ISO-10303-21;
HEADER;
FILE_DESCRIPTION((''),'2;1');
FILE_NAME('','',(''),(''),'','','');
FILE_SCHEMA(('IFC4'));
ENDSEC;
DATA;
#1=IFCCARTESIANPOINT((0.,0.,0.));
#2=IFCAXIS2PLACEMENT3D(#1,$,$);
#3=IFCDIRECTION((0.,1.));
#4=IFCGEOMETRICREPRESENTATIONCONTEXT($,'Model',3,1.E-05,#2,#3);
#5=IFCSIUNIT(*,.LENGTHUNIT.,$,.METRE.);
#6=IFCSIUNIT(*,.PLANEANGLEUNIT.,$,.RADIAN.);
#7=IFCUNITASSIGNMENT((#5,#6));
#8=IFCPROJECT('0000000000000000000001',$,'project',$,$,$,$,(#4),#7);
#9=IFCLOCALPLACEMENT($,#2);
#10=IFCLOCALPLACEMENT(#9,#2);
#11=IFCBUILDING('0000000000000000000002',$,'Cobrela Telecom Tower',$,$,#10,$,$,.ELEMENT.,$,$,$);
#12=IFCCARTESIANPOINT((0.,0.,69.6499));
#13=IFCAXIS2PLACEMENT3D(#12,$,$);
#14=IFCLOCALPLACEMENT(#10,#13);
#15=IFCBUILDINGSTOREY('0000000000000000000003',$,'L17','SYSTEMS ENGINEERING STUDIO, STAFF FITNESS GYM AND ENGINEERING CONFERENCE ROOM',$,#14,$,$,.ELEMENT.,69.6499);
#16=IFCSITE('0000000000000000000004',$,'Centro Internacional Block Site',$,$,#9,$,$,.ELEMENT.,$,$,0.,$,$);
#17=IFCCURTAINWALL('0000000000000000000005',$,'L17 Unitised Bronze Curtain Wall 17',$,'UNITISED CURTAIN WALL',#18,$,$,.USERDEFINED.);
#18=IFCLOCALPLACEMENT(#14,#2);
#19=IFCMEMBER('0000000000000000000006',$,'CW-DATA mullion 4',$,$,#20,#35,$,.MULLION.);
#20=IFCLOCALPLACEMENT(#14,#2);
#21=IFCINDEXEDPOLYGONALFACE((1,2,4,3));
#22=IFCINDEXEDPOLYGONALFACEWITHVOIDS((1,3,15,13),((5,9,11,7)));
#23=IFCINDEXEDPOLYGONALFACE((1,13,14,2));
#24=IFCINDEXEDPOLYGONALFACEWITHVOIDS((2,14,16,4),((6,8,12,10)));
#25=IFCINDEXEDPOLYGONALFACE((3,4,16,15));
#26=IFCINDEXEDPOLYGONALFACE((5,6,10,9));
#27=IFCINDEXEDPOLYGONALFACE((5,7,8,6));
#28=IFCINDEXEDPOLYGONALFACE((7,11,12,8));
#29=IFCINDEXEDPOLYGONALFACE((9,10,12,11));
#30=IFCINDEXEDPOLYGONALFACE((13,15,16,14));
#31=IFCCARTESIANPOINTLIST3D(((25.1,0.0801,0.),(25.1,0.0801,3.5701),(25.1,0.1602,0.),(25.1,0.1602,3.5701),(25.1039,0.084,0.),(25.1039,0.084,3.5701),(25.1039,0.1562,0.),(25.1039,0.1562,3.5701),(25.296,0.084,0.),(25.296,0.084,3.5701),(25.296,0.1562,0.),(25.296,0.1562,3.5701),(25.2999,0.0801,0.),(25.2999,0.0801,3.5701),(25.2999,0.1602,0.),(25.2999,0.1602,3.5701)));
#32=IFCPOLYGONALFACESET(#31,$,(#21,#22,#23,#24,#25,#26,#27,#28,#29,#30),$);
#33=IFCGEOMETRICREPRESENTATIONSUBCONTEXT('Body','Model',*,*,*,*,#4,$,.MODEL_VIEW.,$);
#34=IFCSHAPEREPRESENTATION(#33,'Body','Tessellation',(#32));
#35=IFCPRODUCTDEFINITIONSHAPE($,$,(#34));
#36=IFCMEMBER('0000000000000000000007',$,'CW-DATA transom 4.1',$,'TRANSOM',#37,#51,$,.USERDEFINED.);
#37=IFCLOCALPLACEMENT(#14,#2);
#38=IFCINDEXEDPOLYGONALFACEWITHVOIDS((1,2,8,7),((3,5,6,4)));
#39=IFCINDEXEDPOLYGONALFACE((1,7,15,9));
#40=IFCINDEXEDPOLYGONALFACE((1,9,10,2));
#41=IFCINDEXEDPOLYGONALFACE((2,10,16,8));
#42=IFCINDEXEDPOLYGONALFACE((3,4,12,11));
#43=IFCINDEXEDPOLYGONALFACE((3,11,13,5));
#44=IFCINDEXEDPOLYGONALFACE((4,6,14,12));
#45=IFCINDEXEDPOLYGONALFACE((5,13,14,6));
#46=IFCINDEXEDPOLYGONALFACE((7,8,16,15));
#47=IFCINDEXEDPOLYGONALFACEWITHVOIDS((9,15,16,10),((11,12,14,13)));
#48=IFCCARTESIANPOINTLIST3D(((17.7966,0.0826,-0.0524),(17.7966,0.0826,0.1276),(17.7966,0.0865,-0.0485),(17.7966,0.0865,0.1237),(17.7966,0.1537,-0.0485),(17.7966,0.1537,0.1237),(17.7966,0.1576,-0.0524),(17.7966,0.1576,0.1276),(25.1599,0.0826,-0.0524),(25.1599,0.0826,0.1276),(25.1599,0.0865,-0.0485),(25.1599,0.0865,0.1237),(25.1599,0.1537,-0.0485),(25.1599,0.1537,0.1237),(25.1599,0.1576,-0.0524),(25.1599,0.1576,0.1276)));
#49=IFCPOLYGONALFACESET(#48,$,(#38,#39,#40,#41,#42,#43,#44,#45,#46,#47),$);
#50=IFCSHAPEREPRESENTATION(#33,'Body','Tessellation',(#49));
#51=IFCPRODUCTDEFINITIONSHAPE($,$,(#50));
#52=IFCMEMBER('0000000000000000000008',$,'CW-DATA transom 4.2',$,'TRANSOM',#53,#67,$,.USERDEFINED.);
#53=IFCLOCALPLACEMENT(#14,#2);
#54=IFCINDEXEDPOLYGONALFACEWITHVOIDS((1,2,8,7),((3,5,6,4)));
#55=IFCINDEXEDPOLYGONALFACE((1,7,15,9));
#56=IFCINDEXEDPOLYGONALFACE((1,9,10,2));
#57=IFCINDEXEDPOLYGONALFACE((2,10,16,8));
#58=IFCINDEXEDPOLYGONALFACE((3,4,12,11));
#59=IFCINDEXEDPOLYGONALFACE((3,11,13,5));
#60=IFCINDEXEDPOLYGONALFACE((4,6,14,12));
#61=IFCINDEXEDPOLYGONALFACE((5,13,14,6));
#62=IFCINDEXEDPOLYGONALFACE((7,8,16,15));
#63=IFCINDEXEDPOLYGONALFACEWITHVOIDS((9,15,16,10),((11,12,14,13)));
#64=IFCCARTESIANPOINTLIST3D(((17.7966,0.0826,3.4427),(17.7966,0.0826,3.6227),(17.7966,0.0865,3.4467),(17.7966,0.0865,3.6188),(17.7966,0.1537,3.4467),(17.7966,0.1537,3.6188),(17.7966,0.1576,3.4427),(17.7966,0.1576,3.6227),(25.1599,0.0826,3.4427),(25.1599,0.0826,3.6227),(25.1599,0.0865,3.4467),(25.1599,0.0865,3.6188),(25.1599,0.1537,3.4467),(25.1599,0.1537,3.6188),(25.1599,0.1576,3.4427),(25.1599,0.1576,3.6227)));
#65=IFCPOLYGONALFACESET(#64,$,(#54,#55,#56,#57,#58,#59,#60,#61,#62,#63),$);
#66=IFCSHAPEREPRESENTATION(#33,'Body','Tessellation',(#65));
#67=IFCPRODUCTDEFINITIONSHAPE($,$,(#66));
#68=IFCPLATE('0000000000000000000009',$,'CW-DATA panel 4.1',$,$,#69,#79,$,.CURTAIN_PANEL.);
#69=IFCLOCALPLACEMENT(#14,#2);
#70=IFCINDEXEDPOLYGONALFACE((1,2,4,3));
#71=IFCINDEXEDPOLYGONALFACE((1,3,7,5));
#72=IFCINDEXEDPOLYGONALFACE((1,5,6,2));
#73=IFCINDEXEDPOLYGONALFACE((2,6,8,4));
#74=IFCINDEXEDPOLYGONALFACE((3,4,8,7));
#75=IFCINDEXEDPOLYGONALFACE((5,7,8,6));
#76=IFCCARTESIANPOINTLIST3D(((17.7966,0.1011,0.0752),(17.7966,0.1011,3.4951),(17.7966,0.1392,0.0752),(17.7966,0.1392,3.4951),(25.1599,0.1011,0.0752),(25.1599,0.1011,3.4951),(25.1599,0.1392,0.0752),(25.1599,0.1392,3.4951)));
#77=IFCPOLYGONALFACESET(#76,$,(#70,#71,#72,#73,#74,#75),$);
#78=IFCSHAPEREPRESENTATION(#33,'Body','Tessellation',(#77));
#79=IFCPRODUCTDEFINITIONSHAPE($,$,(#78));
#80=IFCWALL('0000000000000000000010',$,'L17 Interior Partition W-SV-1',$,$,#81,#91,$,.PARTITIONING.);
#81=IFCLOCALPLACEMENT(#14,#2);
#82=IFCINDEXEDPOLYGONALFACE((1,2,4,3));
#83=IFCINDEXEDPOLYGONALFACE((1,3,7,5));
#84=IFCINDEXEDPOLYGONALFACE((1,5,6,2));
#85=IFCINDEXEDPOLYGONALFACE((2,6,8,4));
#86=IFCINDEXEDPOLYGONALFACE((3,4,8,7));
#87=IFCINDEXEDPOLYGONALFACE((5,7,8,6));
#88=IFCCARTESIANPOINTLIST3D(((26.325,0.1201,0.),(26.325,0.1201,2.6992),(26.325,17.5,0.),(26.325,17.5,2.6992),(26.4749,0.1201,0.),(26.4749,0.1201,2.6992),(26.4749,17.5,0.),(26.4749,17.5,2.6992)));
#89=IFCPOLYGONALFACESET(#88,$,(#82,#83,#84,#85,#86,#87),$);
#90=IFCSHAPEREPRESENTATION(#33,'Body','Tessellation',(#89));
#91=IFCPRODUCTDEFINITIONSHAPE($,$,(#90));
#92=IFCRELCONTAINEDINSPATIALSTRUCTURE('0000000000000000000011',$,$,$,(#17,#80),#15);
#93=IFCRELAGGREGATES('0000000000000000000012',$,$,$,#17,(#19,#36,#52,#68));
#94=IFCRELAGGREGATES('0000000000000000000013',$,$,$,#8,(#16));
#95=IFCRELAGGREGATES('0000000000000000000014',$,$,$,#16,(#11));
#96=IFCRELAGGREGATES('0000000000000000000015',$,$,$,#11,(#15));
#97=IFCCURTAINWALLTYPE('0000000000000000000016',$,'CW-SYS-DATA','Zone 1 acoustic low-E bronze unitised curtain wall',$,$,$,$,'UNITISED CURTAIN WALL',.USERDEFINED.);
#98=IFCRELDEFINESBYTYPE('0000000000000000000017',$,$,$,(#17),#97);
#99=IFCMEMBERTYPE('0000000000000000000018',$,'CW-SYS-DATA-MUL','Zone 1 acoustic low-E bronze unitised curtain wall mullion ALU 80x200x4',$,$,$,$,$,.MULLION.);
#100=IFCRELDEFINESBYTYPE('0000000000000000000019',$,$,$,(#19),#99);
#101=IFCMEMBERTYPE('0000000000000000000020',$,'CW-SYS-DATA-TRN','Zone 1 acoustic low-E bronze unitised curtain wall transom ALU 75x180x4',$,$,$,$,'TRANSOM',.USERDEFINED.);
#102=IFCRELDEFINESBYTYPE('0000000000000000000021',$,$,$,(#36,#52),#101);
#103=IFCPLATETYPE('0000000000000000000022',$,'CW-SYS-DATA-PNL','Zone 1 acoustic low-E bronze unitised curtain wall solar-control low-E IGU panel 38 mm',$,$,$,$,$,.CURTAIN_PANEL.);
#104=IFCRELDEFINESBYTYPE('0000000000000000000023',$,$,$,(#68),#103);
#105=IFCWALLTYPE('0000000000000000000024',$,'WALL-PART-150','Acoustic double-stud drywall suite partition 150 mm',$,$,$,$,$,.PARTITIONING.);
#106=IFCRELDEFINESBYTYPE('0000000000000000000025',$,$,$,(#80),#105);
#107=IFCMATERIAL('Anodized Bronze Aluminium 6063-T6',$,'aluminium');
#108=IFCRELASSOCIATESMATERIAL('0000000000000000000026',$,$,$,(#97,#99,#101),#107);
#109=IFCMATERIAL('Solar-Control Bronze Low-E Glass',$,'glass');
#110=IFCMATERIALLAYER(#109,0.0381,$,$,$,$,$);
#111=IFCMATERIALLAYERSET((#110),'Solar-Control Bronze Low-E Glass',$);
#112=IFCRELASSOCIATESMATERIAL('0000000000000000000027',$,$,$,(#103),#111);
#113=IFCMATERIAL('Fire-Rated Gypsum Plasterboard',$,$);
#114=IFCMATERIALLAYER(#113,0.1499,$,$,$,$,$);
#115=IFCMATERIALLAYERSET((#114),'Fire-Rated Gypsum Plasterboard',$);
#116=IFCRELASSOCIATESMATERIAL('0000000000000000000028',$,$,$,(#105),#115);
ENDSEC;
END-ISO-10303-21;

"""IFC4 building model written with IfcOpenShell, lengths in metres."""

from ifc_helpers import new_model, si_unit, direction, frame, frame_2d, origin, origin_2d, place, context, subcontext, project, spatial, rectangle, hollow_rectangle, extrude, material, layer, layer_set, material_profile, profile_set, type_object, element, aggregate, save


model = new_model("IFC4")

# Units and contexts
model_context = context("Model", 3, precision=1e-05, world=origin(), true_north=direction((0.0, 1.0)))
body_context = subcontext(model_context, "Body", "Model", "MODEL_VIEW")
ifc_project = project(units=[si_unit("LENGTHUNIT", "METRE"), si_unit("PLANEANGLEUNIT", "RADIAN")], contexts=[model_context])

# Site, building, storey
site_placement = place(None, origin())
site = spatial("IfcSite", under=ifc_project, at=site_placement, Name="Centro Internacional Block Site", CompositionType="ELEMENT", RefElevation=0.0)
building_placement = place(site_placement, origin())
building = spatial("IfcBuilding", under=site, at=building_placement, Name="Cobrela Telecom Tower", CompositionType="ELEMENT")
storey_placement = place(building_placement, frame((0.0, 0.0, 69.6499)))
storey = spatial("IfcBuildingStorey", under=building, at=storey_placement, Name="L17", Description="SYSTEMS ENGINEERING STUDIO, STAFF FITNESS GYM AND ENGINEERING CONFERENCE ROOM", CompositionType="ELEMENT", Elevation=69.6499)

# Curtain wall, members, plate
ifc_material_1 = material(Name="Anodized Bronze Aluminium 6063-T6", Category="aluminium")
curtain_wall_type = type_object("IfcCurtainWallType", Name="CW-SYS-DATA", Description="Zone 1 acoustic low-E bronze unitised curtain wall", ElementType="UNITISED CURTAIN WALL", PredefinedType="USERDEFINED", material=ifc_material_1)
curtain_wall_placement = place(storey_placement, origin())
curtain_wall = element("IfcCurtainWall", 1, at=curtain_wall_placement, inside=storey, type_object=curtain_wall_type, Name="L17 Unitised Bronze Curtain Wall 17", ObjectType="UNITISED CURTAIN WALL", PredefinedType="USERDEFINED")
ifc_material_profile_1 = material_profile(ifc_material_1, hollow_rectangle(XDim=0.0801, YDim=0.2, WallThickness=0.0039, at=origin_2d()), Name="ALU 80x200x4")
ifc_profile_set_1 = profile_set([ifc_material_profile_1], Name="Anodized Bronze Aluminium 6063-T6")
member_type_1 = type_object("IfcMemberType", Name="CW-SYS-DATA-MUL", Description="Zone 1 acoustic low-E bronze unitised curtain wall mullion ALU 80x200x4", PredefinedType="MULLION", material=ifc_profile_set_1)
member_1_placement = place(storey_placement, frame((25.2, 0.1201, 0.0), z_axis=(0.0, 0.0, 1.0), x_axis=(0.0, -1.0, 0.0)))
member_1 = element("IfcMember", 2, at=member_1_placement, type_object=member_type_1, Name="CW-DATA mullion 4", PredefinedType="MULLION", context=body_context, shape_type="SweptSolid", body=[
    extrude(hollow_rectangle(XDim=0.0801, YDim=0.2, WallThickness=0.0039, at=origin_2d()), origin(), (0.0, 0.0, 1.0), 3.5701),
])
ifc_material_profile_2 = material_profile(ifc_material_1, hollow_rectangle(XDim=0.075, YDim=0.1799, WallThickness=0.0039, at=origin_2d()), Name="ALU 75x180x4")
ifc_profile_set_2 = profile_set([ifc_material_profile_2], Name="Anodized Bronze Aluminium 6063-T6")
member_type_2 = type_object("IfcMemberType", Name="CW-SYS-DATA-TRN", Description="Zone 1 acoustic low-E bronze unitised curtain wall transom ALU 75x180x4", ElementType="TRANSOM", PredefinedType="USERDEFINED", material=ifc_profile_set_2)
member_2_placement = place(storey_placement, frame((25.1599, 0.1201, 0.0376), z_axis=(-1.0, 0.0, 0.0), x_axis=(0.0, -1.0, 0.0)))
member_2 = element("IfcMember", 3, at=member_2_placement, type_object=member_type_2, Name="CW-DATA transom 4.1", ObjectType="TRANSOM", PredefinedType="USERDEFINED", context=body_context, shape_type="SweptSolid", body=[
    extrude(hollow_rectangle(XDim=0.075, YDim=0.1799, WallThickness=0.0039, at=origin_2d()), origin(), (0.0, 0.0, 1.0), 7.3633),
])
member_3_placement = place(storey_placement, frame((25.1599, 0.1201, 3.5327), z_axis=(-1.0, 0.0, 0.0), x_axis=(0.0, -1.0, 0.0)))
member_3 = element("IfcMember", 4, at=member_3_placement, type_object=member_type_2, Name="CW-DATA transom 4.2", ObjectType="TRANSOM", PredefinedType="USERDEFINED", context=body_context, shape_type="SweptSolid", body=[
    extrude(hollow_rectangle(XDim=0.075, YDim=0.1799, WallThickness=0.0039, at=origin_2d()), origin(), (0.0, 0.0, 1.0), 7.3633),
])
ifc_material_2 = material(Name="Solar-Control Bronze Low-E Glass", Category="glass")
ifc_layer_1 = layer(ifc_material_2, 0.0381)
ifc_layer_set_1 = layer_set([ifc_layer_1], Name="Solar-Control Bronze Low-E Glass")
plate_type = type_object("IfcPlateType", Name="CW-SYS-DATA-PNL", Description="Zone 1 acoustic low-E bronze unitised curtain wall solar-control low-E IGU panel 38 mm", PredefinedType="CURTAIN_PANEL", material=ifc_layer_set_1)
plate_placement = place(storey_placement, frame((21.4783, 0.1201, 0.0752), z_axis=(0.0, 0.0, 1.0), x_axis=(-1.0, 0.0, 0.0)))
plate = element("IfcPlate", 5, at=plate_placement, type_object=plate_type, Name="CW-DATA panel 4.1", PredefinedType="CURTAIN_PANEL", context=body_context, shape_type="SweptSolid", body=[
    extrude(rectangle(XDim=7.3633, YDim=0.0381, at=origin_2d()), origin(), (0.0, 0.0, 1.0), 3.4199),
])
aggregate(curtain_wall, [member_1, member_2, member_3, plate])

# Wall
ifc_material_3 = material(Name="Fire-Rated Gypsum Plasterboard")
ifc_layer_2 = layer(ifc_material_3, 0.1499)
ifc_layer_set_2 = layer_set([ifc_layer_2], Name="Fire-Rated Gypsum Plasterboard")
wall_type = type_object("IfcWallType", Name="WALL-PART-150", Description="Acoustic double-stud drywall suite partition 150 mm", PredefinedType="PARTITIONING", material=ifc_layer_set_2)
wall_placement = place(storey_placement, frame((26.3999, 0.1201, 0.0), z_axis=(0.0, 0.0, 1.0), x_axis=(0.0, 1.0, 0.0)))
element("IfcWall", 6, at=wall_placement, inside=storey, type_object=wall_type, Name="L17 Interior Partition W-SV-1", PredefinedType="PARTITIONING", context=body_context, shape_type="SweptSolid", body=[
    extrude(rectangle(XDim=17.3799, YDim=0.1499, at=frame_2d((8.6899, 0.0))), origin(), (0.0, 0.0, 1.0), 2.6992),
])

save(model, "model.ifc")
